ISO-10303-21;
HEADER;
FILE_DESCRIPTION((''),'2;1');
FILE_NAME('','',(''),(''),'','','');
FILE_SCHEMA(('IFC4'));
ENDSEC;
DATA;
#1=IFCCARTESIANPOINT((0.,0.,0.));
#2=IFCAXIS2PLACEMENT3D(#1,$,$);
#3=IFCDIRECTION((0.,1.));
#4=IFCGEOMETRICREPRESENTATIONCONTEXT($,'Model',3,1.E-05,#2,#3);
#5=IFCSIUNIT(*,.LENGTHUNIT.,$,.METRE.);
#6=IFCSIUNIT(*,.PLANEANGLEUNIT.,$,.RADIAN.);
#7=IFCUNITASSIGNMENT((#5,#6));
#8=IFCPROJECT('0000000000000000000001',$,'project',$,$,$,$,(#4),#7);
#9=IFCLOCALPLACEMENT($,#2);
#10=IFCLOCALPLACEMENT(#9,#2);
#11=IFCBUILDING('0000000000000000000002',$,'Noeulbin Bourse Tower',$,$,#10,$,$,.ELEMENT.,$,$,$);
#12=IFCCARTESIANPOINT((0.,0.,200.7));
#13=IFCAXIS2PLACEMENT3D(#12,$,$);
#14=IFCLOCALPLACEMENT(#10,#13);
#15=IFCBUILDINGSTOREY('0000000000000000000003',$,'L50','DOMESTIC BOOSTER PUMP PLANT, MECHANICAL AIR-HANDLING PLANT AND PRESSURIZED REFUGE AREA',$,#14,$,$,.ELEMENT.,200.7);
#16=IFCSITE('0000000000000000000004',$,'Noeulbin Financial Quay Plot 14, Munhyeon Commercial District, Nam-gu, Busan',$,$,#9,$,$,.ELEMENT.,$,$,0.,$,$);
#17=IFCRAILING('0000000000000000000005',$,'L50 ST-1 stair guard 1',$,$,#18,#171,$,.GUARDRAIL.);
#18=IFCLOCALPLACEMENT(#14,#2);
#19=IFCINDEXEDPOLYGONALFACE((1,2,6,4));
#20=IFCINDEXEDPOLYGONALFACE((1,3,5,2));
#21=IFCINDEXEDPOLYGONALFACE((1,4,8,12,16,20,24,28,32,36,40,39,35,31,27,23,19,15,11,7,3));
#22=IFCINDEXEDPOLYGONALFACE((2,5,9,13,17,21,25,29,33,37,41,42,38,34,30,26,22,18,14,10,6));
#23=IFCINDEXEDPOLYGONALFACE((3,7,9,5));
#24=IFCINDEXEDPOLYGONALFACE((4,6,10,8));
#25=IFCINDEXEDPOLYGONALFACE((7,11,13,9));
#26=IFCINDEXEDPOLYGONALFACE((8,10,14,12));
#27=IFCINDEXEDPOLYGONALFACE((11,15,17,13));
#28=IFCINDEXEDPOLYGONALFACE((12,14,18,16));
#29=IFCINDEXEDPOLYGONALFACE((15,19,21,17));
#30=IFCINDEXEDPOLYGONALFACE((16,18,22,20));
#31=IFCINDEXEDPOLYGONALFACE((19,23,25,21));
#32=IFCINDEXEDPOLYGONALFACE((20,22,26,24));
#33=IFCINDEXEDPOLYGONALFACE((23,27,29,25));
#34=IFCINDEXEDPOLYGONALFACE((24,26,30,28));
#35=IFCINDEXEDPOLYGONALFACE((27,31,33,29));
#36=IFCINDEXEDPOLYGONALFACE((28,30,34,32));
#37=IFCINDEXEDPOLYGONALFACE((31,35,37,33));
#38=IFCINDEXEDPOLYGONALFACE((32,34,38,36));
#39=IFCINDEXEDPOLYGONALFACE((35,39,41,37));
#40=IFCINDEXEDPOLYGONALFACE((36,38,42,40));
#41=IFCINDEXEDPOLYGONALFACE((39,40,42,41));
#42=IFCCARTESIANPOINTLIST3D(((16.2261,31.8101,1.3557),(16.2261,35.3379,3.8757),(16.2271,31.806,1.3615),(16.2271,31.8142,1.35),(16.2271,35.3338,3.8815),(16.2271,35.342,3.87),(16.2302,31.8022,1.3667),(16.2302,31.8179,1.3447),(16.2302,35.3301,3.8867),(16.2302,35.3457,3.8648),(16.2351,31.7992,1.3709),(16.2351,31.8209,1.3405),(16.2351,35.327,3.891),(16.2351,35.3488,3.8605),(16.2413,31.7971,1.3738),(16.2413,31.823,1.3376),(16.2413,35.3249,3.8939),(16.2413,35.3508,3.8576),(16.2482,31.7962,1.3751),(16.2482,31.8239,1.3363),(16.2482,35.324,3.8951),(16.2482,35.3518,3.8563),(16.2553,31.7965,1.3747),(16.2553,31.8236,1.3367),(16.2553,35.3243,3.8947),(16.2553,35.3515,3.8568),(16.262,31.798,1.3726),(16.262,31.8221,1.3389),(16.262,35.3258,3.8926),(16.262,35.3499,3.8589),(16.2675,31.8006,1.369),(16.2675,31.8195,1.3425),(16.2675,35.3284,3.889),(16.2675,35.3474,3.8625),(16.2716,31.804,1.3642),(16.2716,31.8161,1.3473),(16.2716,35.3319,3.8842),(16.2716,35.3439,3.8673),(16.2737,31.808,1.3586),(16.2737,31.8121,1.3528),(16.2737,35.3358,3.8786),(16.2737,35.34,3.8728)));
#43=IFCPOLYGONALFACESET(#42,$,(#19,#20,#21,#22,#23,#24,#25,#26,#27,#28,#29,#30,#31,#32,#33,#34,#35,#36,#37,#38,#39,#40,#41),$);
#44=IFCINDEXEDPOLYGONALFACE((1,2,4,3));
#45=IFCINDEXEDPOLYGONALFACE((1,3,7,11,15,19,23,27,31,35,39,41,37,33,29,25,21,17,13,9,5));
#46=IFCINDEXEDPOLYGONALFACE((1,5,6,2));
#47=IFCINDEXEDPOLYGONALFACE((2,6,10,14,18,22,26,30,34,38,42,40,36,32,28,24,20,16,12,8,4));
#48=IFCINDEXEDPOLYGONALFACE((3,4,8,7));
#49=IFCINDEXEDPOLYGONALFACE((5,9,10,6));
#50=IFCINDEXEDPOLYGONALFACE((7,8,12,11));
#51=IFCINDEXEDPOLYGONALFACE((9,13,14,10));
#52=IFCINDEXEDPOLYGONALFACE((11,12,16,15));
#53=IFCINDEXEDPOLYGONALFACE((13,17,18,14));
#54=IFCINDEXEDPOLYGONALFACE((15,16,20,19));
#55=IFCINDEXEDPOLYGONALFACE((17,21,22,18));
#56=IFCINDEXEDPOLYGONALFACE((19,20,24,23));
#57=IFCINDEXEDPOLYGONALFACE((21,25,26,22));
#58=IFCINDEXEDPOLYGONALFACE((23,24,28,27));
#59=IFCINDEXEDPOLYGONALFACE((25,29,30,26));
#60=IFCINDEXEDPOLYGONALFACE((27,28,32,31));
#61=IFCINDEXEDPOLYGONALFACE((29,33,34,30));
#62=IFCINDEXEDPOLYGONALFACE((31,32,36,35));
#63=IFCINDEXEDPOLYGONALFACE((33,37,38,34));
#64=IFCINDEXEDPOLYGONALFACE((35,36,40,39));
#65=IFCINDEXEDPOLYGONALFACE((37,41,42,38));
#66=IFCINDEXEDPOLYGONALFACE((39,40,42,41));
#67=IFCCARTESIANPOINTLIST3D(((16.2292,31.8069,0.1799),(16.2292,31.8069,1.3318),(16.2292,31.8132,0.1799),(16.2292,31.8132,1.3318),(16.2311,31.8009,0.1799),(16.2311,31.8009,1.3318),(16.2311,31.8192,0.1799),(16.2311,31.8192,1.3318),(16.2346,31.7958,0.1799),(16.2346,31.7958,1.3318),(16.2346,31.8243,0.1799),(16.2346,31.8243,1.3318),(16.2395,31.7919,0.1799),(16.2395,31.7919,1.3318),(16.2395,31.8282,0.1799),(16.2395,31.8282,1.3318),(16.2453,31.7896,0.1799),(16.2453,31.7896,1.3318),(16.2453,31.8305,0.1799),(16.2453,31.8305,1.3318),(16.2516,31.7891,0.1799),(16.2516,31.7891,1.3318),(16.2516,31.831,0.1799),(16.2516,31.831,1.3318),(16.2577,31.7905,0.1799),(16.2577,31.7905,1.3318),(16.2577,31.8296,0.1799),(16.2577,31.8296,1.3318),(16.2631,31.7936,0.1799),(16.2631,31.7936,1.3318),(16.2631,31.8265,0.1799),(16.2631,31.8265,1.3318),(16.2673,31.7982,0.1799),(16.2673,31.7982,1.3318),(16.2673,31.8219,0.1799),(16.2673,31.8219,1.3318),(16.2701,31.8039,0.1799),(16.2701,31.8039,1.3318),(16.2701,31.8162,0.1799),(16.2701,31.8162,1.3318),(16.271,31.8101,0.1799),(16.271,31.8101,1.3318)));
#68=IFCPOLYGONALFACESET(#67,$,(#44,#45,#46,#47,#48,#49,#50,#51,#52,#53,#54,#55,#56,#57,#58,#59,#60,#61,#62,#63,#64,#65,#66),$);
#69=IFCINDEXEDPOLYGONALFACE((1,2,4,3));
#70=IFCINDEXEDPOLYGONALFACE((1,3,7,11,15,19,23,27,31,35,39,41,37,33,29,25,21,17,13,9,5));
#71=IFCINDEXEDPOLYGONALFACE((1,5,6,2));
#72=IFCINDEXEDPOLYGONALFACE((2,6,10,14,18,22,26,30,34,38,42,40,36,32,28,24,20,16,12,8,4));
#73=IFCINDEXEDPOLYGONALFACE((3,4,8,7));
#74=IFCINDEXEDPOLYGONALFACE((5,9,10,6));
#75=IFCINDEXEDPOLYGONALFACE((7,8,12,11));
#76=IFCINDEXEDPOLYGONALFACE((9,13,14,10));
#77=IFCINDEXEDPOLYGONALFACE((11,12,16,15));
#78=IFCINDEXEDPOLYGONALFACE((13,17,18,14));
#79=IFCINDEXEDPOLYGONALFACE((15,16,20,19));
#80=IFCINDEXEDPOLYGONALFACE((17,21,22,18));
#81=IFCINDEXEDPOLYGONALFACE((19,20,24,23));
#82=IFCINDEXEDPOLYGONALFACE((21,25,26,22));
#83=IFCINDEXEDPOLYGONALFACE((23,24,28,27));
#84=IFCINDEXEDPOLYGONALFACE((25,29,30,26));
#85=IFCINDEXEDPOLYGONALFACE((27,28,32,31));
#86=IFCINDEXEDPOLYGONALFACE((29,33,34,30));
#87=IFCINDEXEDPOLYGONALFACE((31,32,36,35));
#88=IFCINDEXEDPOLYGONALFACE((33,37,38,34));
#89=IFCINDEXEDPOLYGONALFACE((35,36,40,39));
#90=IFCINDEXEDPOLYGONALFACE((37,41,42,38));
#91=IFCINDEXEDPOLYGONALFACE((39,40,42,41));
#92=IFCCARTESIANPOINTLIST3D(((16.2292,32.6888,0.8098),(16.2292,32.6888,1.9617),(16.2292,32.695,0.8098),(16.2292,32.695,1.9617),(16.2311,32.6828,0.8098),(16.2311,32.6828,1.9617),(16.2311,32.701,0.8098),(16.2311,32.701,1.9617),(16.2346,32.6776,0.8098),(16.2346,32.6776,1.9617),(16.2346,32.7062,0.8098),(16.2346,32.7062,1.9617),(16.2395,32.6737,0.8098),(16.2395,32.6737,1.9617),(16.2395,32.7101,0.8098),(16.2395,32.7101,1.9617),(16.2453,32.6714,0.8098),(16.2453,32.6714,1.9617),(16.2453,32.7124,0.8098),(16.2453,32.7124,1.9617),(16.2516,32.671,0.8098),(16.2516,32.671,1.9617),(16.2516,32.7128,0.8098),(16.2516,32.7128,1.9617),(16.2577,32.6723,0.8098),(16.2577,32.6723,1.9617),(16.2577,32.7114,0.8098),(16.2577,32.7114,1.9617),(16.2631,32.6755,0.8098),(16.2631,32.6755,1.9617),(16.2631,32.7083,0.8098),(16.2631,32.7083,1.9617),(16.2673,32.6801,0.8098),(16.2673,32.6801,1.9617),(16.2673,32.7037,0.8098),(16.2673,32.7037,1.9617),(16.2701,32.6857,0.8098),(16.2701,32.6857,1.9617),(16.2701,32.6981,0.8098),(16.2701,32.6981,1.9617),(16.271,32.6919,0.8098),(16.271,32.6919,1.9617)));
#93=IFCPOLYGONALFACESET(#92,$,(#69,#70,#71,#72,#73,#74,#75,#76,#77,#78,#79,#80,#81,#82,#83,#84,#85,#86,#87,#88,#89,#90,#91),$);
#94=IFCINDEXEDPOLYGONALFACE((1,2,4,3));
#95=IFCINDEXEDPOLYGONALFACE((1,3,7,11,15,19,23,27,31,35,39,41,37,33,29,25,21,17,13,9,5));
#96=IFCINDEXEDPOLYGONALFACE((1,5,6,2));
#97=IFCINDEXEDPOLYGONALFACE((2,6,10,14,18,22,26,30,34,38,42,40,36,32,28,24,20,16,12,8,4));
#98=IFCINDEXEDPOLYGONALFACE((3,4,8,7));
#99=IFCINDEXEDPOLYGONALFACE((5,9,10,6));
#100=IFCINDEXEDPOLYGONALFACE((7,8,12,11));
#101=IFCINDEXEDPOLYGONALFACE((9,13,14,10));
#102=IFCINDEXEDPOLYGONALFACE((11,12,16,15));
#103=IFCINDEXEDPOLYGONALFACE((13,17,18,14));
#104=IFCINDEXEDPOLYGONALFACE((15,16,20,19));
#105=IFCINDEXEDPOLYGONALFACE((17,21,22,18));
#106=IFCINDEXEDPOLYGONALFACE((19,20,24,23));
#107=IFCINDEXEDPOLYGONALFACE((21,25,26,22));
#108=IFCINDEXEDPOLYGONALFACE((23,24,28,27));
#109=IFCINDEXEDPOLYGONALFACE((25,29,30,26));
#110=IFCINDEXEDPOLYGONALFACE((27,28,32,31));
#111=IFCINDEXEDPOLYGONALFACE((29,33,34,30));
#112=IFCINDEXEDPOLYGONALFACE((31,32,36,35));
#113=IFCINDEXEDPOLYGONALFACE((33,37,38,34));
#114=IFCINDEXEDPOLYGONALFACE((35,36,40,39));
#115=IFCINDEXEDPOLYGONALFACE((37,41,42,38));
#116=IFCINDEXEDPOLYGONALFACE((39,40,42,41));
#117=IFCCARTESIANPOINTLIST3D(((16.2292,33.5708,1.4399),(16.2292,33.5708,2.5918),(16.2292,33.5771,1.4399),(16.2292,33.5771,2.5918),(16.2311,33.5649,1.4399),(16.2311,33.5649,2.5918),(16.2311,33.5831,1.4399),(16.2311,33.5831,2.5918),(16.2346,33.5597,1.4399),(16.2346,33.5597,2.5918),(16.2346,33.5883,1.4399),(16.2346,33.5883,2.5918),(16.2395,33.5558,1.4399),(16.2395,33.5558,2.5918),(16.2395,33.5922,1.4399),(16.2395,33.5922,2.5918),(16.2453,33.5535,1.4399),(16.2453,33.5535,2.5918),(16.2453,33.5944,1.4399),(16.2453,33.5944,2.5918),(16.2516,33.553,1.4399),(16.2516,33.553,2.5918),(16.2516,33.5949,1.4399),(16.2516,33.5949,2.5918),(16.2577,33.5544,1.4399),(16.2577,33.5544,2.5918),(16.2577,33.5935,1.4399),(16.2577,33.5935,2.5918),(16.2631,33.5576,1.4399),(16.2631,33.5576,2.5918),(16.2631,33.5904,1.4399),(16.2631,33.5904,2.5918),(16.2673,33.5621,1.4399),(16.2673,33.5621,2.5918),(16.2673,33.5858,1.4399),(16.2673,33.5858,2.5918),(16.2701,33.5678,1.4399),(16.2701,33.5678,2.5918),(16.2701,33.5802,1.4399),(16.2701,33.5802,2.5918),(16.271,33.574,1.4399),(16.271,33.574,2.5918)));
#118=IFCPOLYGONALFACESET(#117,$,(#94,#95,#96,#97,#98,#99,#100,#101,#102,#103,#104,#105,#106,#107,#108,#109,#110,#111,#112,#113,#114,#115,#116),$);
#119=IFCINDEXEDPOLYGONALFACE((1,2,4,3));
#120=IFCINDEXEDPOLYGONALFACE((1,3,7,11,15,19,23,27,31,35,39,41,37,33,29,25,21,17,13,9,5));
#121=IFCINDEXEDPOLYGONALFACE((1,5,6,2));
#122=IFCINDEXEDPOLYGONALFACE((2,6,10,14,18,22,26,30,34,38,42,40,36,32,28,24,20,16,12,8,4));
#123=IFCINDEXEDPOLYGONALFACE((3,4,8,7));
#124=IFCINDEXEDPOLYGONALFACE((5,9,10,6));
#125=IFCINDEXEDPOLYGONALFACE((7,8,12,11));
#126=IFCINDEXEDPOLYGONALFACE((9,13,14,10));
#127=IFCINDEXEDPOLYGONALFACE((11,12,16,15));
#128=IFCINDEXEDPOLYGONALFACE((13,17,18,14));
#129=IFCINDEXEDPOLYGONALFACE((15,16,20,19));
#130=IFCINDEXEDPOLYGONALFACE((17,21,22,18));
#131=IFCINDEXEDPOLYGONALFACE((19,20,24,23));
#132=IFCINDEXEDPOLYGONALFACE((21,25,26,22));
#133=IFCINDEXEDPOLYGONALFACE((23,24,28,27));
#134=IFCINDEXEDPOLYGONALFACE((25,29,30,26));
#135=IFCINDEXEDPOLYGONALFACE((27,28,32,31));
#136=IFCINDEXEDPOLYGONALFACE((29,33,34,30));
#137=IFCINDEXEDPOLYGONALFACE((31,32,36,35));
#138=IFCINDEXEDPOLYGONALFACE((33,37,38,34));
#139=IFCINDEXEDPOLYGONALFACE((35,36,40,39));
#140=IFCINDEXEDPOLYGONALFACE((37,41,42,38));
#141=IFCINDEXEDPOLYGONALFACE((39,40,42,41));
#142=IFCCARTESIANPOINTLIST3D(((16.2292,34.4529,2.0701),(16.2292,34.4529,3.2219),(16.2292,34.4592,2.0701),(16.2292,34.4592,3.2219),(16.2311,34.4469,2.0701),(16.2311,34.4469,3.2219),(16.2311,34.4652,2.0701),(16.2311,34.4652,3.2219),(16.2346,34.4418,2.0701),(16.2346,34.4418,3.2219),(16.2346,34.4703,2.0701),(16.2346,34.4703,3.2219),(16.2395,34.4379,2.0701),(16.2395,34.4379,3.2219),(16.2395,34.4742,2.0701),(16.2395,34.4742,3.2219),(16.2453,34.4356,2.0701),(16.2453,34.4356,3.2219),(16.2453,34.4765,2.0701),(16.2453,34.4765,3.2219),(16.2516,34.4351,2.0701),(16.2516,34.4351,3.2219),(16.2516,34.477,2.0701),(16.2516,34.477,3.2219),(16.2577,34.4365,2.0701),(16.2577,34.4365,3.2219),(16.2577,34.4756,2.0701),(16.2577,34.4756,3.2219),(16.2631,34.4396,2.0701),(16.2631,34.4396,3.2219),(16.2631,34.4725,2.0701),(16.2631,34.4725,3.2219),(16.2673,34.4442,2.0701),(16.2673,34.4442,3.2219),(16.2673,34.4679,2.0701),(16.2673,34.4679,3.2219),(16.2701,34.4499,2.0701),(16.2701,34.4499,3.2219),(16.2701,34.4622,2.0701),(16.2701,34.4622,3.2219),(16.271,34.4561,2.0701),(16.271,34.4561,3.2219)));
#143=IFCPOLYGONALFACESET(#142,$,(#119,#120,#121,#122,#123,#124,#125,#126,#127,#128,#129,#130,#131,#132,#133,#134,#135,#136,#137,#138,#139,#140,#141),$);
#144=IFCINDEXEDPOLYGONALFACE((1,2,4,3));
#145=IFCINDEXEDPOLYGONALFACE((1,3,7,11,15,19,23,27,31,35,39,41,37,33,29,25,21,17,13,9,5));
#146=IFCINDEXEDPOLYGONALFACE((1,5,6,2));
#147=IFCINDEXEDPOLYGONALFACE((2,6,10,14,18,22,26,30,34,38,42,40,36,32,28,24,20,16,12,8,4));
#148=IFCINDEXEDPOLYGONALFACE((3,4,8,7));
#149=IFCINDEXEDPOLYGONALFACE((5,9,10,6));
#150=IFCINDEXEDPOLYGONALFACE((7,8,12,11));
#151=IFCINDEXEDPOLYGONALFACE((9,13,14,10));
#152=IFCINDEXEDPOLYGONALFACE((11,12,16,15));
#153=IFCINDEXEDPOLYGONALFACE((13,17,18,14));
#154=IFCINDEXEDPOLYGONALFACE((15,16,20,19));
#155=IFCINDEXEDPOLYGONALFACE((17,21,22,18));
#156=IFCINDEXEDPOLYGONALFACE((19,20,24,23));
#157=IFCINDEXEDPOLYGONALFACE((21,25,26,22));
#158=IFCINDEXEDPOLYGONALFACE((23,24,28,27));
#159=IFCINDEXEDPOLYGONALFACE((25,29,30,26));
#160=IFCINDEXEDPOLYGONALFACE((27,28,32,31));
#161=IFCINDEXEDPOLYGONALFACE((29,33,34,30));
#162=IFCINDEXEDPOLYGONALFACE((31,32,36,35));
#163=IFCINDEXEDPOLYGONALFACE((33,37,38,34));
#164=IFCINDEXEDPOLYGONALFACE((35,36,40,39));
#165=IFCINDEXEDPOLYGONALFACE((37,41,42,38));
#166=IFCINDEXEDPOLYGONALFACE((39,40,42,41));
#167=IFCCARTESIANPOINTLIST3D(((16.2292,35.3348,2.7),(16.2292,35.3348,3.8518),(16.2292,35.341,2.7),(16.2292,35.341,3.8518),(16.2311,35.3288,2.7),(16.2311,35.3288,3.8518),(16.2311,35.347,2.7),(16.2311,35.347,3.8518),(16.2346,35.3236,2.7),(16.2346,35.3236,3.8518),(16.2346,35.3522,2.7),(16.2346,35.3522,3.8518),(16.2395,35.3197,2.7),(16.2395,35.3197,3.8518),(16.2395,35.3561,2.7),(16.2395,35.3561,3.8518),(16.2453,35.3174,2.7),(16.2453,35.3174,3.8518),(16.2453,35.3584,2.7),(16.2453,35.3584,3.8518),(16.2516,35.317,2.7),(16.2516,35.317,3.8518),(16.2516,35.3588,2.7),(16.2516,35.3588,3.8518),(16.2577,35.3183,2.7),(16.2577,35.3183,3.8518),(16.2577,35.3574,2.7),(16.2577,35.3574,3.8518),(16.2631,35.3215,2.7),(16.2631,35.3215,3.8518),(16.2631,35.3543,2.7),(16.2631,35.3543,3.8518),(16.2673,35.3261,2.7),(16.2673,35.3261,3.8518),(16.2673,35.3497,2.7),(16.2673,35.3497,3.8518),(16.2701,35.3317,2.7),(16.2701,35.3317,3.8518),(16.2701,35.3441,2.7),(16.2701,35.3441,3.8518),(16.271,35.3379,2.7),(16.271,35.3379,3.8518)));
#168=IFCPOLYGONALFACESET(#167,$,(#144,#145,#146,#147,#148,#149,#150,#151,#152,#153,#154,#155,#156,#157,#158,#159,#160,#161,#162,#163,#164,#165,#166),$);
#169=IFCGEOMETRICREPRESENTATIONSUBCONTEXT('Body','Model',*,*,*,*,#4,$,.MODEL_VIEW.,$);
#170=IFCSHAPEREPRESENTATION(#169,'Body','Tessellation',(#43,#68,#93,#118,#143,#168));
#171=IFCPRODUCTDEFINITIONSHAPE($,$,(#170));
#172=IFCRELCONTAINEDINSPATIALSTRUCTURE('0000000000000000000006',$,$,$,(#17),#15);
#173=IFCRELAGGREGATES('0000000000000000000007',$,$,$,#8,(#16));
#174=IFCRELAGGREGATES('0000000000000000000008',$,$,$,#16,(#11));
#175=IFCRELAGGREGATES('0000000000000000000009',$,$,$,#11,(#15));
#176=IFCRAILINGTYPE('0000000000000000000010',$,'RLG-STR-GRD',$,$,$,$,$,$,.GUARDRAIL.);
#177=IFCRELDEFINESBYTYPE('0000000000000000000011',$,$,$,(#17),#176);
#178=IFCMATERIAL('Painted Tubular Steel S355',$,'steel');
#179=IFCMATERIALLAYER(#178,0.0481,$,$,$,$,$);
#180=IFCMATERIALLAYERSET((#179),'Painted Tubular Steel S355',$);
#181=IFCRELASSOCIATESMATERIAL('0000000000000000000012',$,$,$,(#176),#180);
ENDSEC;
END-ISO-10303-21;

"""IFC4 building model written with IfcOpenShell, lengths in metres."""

from ifc_helpers import new_model, si_unit, direction, frame, origin, origin_2d, place, context, subcontext, project, spatial, circle, extrude, material, layer, layer_set, type_object, element, save


model = new_model("IFC4")

# Units and contexts
model_context = context("Model", 3, precision=1e-05, world=origin(), true_north=direction((0.0, 1.0)))
body_context = subcontext(model_context, "Body", "Model", "MODEL_VIEW")
ifc_project = project(units=[si_unit("LENGTHUNIT", "METRE"), si_unit("PLANEANGLEUNIT", "RADIAN")], contexts=[model_context])

# Site, building, storey
site_placement = place(None, origin())
site = spatial("IfcSite", under=ifc_project, at=site_placement, Name="Noeulbin Financial Quay Plot 14, Munhyeon Commercial District, Nam-gu, Busan", CompositionType="ELEMENT", RefElevation=0.0)
building_placement = place(site_placement, origin())
building = spatial("IfcBuilding", under=site, at=building_placement, Name="Noeulbin Bourse Tower", CompositionType="ELEMENT")
storey_placement = place(building_placement, frame((0.0, 0.0, 200.7)))
storey = spatial("IfcBuildingStorey", under=building, at=storey_placement, Name="L50", Description="DOMESTIC BOOSTER PUMP PLANT, MECHANICAL AIR-HANDLING PLANT AND PRESSURIZED REFUGE AREA", CompositionType="ELEMENT", Elevation=200.7)

# Railing
ifc_material_1 = material(Name="Painted Tubular Steel S355", Category="steel")
ifc_layer_1 = layer(ifc_material_1, 0.0481)
ifc_layer_set_1 = layer_set([ifc_layer_1], Name="Painted Tubular Steel S355")
railing_type_1 = type_object("IfcRailingType", Name="RLG-STR-GRD", PredefinedType="GUARDRAIL", material=ifc_layer_set_1)
railing_1_placement = place(storey_placement, frame((16.25, 31.8101, 0.1799)))
element("IfcRailing", 1, at=railing_1_placement, inside=storey, type_object=railing_type_1, Name="L50 ST-1 stair guard 1", PredefinedType="GUARDRAIL", context=body_context, shape_type="SweptSolid", body=[
    extrude(circle(Radius=0.0239, at=origin_2d()), frame((0.0, 0.0, 1.1758), z_axis=(0.0, 0.813718, 0.58126), x_axis=(-1.0, 0.0, 0.0)), (0.0, 0.0, 1.0), 4.3354),
    extrude(circle(Radius=0.021, at=origin_2d()), origin(), (0.0, 0.0, 1.0), 1.1519),
    extrude(circle(Radius=0.021, at=origin_2d()), frame((0.0, 0.8818, 0.6299)), (0.0, 0.0, 1.0), 1.1519),
    extrude(circle(Radius=0.021, at=origin_2d()), frame((0.0, 1.7639, 1.26)), (0.0, 0.0, 1.0), 1.1519),
    extrude(circle(Radius=0.021, at=origin_2d()), frame((0.0, 2.646, 1.8901)), (0.0, 0.0, 1.0), 1.1519),
    extrude(circle(Radius=0.021, at=origin_2d()), frame((0.0, 3.5278, 2.52)), (0.0, 0.0, 1.0), 1.1519),
])

save(model, "model.ifc")
